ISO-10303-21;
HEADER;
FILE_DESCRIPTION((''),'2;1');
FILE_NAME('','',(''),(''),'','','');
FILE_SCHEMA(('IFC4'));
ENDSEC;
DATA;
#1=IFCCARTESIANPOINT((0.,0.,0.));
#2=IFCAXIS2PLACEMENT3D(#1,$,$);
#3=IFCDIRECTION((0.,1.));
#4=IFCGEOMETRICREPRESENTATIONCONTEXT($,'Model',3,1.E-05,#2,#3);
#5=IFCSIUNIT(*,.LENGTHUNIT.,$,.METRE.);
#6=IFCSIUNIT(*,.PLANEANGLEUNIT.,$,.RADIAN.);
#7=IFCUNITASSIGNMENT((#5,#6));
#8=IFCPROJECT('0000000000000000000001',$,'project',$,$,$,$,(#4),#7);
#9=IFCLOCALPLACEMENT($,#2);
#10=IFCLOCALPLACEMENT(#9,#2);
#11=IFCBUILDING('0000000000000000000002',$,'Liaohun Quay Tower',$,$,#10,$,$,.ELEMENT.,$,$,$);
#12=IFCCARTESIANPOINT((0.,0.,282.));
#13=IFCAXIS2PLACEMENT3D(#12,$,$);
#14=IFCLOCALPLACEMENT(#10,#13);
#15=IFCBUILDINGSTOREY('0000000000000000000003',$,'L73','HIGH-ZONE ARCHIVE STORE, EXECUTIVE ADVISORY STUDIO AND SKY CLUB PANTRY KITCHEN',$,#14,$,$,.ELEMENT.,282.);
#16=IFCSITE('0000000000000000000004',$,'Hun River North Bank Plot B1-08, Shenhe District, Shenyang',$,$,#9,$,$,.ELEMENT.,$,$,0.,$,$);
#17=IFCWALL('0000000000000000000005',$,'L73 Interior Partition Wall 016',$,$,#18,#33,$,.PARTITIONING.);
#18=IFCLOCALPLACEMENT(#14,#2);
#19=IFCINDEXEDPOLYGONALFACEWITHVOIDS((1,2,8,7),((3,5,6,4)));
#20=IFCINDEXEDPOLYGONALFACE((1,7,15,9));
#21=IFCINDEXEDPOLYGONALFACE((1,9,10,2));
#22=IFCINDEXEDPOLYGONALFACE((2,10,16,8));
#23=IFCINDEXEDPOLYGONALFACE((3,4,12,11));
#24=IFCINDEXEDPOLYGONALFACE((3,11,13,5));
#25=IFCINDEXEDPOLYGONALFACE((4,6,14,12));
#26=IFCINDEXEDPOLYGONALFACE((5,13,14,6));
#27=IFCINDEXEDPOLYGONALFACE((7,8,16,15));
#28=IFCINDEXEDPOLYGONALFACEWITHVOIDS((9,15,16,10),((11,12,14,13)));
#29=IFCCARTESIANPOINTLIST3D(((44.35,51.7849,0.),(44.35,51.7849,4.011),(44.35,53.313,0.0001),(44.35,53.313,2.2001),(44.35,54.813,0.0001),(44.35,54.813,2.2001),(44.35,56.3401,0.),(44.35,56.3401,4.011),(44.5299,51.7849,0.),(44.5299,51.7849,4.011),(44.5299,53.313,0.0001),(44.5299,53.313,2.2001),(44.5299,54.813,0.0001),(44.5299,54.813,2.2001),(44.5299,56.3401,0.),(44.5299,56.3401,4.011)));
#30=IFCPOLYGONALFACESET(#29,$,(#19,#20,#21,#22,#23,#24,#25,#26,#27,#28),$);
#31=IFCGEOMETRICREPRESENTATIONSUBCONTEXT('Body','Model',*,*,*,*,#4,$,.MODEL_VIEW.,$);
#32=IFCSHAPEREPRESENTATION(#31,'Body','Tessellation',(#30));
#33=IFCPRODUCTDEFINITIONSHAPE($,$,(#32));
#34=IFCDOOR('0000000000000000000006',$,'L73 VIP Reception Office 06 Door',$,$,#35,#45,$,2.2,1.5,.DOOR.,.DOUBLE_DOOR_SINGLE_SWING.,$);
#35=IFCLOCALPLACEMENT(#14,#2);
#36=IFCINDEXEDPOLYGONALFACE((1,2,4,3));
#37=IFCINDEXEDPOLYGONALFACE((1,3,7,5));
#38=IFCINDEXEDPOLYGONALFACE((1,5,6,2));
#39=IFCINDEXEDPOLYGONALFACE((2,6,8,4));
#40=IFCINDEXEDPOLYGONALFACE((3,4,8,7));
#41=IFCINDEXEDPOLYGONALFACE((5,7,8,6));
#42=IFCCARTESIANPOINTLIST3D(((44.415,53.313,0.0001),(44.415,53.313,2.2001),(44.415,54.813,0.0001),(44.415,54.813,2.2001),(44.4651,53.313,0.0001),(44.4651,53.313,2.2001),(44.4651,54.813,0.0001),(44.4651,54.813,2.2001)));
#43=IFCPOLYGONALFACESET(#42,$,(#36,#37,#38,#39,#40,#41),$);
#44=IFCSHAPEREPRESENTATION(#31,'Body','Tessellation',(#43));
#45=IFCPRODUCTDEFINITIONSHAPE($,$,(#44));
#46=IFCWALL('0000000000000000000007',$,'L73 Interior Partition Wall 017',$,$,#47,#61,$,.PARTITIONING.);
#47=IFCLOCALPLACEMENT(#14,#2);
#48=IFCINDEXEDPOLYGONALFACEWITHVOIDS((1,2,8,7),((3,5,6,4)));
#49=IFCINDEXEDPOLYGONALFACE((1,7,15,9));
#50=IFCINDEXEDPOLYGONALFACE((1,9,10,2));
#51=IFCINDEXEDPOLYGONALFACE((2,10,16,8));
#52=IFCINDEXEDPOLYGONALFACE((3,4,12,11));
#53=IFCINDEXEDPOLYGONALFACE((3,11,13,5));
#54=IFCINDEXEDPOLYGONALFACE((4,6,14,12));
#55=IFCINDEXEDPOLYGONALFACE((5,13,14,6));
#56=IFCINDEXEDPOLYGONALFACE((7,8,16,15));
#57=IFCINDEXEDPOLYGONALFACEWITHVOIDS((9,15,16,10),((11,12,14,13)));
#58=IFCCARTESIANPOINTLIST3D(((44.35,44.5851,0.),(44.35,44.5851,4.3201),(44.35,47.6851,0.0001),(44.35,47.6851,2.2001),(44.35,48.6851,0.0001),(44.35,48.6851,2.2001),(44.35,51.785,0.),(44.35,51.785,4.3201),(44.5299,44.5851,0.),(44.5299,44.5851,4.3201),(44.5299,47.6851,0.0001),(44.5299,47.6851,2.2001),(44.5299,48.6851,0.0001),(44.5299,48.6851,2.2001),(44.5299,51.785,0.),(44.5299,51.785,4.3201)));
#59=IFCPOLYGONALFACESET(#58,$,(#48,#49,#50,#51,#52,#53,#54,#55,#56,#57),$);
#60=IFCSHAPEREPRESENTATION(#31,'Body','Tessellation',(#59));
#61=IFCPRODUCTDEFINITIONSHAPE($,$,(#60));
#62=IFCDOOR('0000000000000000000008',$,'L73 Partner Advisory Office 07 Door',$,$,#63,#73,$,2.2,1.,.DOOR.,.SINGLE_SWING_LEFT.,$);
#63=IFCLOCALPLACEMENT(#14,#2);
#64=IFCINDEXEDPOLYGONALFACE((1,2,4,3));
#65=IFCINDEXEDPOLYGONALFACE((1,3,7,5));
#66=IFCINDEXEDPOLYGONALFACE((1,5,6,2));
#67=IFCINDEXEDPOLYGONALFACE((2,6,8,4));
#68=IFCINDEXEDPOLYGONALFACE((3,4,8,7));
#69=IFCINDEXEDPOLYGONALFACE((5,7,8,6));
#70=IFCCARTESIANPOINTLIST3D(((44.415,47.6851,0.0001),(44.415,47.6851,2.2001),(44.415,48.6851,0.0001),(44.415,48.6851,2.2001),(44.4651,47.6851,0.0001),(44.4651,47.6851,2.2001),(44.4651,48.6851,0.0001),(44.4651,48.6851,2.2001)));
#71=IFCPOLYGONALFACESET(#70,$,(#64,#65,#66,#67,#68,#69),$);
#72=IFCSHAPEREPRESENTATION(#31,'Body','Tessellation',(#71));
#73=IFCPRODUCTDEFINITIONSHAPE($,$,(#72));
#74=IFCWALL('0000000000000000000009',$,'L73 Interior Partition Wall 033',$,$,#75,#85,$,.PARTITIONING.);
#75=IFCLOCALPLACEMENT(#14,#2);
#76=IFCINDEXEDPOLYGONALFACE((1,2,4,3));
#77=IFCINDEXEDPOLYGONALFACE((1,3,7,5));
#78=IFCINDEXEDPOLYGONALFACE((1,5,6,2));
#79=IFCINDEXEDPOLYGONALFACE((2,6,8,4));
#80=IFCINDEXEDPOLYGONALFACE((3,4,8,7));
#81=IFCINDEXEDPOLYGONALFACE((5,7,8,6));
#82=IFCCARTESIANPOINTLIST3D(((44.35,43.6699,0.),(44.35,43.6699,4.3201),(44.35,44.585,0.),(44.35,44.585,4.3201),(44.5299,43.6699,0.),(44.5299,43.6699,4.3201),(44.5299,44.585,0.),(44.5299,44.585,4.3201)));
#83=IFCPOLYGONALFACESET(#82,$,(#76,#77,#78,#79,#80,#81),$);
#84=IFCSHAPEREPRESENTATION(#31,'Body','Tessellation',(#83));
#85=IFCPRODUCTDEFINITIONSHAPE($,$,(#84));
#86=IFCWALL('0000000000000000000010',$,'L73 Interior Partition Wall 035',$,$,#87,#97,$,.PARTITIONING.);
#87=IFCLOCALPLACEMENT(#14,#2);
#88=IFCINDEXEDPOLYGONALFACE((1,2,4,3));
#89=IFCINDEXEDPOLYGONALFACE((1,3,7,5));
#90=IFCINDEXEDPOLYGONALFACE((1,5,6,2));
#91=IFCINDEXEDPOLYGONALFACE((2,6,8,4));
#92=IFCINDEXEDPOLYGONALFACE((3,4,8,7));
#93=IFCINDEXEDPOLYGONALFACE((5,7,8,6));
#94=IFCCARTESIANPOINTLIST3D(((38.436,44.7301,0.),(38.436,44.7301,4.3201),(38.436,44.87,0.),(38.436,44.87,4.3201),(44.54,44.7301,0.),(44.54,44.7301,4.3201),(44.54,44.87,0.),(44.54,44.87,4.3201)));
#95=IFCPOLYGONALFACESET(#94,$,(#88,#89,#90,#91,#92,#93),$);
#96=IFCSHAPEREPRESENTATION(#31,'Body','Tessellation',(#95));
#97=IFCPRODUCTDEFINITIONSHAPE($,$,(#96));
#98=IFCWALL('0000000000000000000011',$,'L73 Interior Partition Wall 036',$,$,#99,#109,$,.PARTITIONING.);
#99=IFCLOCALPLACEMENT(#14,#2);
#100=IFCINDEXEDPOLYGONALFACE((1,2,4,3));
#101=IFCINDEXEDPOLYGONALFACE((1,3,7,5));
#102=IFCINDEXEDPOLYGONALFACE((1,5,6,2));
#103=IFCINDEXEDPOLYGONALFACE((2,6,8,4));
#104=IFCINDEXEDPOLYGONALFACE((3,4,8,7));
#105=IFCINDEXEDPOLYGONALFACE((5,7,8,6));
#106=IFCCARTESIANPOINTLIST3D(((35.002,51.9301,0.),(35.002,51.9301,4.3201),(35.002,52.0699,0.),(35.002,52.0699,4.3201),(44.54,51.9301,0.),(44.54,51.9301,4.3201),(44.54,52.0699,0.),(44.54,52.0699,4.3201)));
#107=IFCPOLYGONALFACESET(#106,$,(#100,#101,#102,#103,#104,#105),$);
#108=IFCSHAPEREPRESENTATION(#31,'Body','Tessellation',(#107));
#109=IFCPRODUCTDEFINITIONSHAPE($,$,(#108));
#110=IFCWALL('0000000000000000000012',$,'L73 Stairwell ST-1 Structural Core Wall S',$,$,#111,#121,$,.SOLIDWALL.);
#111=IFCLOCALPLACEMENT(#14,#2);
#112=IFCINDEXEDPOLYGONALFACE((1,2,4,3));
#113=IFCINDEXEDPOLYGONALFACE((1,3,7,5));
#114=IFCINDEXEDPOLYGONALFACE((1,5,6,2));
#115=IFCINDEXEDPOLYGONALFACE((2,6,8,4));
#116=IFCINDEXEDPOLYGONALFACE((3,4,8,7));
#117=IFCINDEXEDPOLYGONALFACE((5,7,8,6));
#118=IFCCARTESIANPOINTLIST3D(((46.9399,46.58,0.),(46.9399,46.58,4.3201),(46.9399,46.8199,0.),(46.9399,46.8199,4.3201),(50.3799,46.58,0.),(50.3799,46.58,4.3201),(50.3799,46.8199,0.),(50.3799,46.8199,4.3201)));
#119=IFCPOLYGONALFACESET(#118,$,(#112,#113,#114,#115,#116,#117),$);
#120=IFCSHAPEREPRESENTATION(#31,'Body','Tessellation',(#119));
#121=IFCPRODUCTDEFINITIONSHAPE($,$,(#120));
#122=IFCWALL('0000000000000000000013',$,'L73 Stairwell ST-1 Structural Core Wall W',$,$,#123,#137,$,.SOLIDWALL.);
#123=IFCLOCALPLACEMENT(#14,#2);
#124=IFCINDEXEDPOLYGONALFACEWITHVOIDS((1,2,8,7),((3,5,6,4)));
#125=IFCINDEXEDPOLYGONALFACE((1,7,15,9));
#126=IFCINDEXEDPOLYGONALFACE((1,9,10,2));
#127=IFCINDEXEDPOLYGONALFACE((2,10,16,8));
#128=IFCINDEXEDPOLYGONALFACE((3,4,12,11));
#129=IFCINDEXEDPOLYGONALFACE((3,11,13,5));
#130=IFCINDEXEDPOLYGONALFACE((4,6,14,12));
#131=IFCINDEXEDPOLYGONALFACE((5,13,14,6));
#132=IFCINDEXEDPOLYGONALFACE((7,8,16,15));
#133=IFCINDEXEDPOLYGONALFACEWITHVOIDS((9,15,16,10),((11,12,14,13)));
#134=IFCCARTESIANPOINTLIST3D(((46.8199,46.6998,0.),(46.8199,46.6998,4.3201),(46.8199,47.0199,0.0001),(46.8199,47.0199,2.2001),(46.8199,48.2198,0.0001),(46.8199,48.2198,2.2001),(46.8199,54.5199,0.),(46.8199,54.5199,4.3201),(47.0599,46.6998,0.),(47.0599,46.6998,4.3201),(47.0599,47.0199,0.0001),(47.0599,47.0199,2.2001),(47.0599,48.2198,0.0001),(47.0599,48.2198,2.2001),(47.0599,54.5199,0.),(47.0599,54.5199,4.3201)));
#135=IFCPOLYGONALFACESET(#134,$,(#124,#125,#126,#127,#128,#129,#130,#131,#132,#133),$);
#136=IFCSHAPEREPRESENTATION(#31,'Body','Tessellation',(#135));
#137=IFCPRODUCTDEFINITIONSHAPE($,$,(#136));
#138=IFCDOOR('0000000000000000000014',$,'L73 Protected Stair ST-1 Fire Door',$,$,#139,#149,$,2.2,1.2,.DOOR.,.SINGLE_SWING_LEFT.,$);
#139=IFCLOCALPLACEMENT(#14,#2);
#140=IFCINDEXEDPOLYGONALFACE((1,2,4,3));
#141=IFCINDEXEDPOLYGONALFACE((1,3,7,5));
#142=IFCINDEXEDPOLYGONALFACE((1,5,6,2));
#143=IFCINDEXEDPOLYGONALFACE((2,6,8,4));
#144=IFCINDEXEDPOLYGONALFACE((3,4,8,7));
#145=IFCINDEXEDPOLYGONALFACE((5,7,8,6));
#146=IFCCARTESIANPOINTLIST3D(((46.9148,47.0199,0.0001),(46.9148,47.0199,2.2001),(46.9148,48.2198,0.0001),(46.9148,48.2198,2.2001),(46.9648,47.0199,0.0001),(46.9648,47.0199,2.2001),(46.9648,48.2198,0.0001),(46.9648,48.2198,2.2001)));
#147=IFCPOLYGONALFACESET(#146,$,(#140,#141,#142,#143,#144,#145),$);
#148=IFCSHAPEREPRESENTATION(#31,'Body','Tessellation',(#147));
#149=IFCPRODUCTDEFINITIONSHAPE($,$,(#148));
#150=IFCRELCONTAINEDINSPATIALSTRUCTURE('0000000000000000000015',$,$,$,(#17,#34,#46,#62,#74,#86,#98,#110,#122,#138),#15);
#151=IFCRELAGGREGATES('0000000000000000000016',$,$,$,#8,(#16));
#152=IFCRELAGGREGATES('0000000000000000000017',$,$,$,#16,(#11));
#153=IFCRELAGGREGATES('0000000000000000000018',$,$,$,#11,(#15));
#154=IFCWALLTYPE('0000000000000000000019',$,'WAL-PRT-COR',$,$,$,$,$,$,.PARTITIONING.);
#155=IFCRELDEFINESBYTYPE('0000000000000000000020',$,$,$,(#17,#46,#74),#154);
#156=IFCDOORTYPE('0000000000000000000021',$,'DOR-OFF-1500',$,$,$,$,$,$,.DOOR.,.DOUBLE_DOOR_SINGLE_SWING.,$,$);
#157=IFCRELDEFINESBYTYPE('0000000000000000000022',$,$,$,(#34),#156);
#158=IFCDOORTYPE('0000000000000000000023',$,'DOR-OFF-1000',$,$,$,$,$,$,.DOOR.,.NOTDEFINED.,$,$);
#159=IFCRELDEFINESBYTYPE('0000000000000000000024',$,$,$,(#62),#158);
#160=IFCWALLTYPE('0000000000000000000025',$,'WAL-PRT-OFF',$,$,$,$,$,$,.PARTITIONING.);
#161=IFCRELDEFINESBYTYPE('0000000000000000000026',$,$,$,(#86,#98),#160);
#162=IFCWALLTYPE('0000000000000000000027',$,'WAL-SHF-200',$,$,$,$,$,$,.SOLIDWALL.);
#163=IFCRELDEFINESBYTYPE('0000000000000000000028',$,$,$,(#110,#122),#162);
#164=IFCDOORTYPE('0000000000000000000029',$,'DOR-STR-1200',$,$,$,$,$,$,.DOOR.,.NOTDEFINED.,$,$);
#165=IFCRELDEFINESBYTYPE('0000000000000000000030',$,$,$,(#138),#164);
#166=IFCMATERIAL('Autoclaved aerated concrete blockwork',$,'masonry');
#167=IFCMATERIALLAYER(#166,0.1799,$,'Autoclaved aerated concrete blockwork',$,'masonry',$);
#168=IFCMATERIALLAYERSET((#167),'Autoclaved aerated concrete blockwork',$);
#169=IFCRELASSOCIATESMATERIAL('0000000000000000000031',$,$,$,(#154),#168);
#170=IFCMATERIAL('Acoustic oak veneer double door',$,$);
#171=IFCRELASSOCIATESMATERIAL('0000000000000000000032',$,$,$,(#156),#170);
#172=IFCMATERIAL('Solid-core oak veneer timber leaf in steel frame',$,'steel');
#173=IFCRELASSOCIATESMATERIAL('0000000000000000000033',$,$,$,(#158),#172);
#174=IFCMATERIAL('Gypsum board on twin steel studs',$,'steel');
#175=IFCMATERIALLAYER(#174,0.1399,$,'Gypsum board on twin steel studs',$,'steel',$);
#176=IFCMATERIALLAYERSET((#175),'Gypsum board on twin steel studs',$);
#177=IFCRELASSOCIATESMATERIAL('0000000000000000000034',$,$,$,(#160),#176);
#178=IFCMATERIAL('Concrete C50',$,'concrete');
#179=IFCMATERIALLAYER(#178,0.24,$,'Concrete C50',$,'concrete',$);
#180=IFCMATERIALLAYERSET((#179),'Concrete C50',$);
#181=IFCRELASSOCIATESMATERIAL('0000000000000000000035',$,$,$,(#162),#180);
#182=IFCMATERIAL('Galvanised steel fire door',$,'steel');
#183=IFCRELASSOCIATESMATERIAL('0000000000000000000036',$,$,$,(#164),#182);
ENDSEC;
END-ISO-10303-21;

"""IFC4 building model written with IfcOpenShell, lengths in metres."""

from ifc_helpers import new_model, si_unit, direction, frame, frame_2d, origin, place, context, subcontext, project, spatial, rectangle, extrude, source, transform, mapped, material, layer, layer_set, type_object, element, fill, save


model = new_model("IFC4")

# Units and contexts
model_context = context("Model", 3, precision=1e-05, world=origin(), true_north=direction((0.0, 1.0)))
body_context = subcontext(model_context, "Body", "Model", "MODEL_VIEW")
ifc_project = project(units=[si_unit("LENGTHUNIT", "METRE"), si_unit("PLANEANGLEUNIT", "RADIAN")], contexts=[model_context])

# Site, building, storey
site_placement = place(None, origin())
site = spatial("IfcSite", under=ifc_project, at=site_placement, Name="Hun River North Bank Plot B1-08, Shenhe District, Shenyang", CompositionType="ELEMENT", RefElevation=0.0)
building_placement = place(site_placement, origin())
building = spatial("IfcBuilding", under=site, at=building_placement, Name="Liaohun Quay Tower", CompositionType="ELEMENT")
storey_placement = place(building_placement, frame((0.0, 0.0, 282.0)))
storey = spatial("IfcBuildingStorey", under=building, at=storey_placement, Name="L73", Description="HIGH-ZONE ARCHIVE STORE, EXECUTIVE ADVISORY STUDIO AND SKY CLUB PANTRY KITCHEN", CompositionType="ELEMENT", Elevation=282.0)

# Shared definitions
ifc_material_1 = material(Name="Concrete C50", Category="concrete")

# Walls, openings, doors
ifc_material_2 = material(Name="Autoclaved aerated concrete blockwork", Category="masonry")
ifc_layer_1 = layer(ifc_material_2, 0.1799, Name="Autoclaved aerated concrete blockwork", Category="masonry")
ifc_layer_set_1 = layer_set([ifc_layer_1], Name="Autoclaved aerated concrete blockwork")
wall_type_1 = type_object("IfcWallType", Name="WAL-PRT-COR", PredefinedType="PARTITIONING", material=ifc_layer_set_1)
wall_1_placement = place(storey_placement, frame((44.4399, 51.7849, 0.0), z_axis=(0.0, 0.0, 1.0), x_axis=(0.0, 1.0, 0.0)))
wall_1 = element("IfcWall", 1, at=wall_1_placement, inside=storey, type_object=wall_type_1, Name="L73 Interior Partition Wall 016", PredefinedType="PARTITIONING", context=body_context, shape_type="SweptSolid", body=[
    extrude(rectangle(XDim=4.5552, YDim=0.1799, at=frame_2d((2.2776, 0.0))), origin(), (0.0, 0.0, 1.0), 4.011),
])
shared_shape_1 = source(origin(), body_context, "Body", "SweptSolid", [
    extrude(rectangle(XDim=1.5, YDim=2.2, at=frame_2d((0.75, 1.1001))), frame((0.0, 0.0999, 0.0), z_axis=(0.0, -1.0, 0.0), x_axis=(1.0, 0.0, 0.0)), (0.0, 0.0, 1.0), 0.2),
])
opening_1_placement = place(wall_1_placement, frame((1.5281, 0.0, 0.0)))
opening_1 = element("IfcOpeningElement", 2, at=opening_1_placement, cuts=wall_1, PredefinedType="OPENING", context=body_context, shape_type="MappedRepresentation", body=[
    mapped(shared_shape_1, transform((0.0, 0.0, 0.0), x_axis=(1.0, 0.0, 0.0), y_axis=(0.0, 1.0, 0.0), z_axis=(0.0, 0.0, 1.0), scale=1.0)),
])
ifc_material_3 = material(Name="Acoustic oak veneer double door")
door_type_1 = type_object("IfcDoorType", Name="DOR-OFF-1500", OperationType="DOUBLE_DOOR_SINGLE_SWING", PredefinedType="DOOR", material=ifc_material_3)
shared_shape_2 = source(origin(), body_context, "Body", "SweptSolid", [
    extrude(rectangle(XDim=1.5, YDim=2.2, at=frame_2d((0.75, 1.1001))), frame((0.0, 0.0249, 0.0), z_axis=(0.0, -1.0, 0.0), x_axis=(1.0, 0.0, 0.0)), (0.0, 0.0, 1.0), 0.05),
])
door_1_placement = place(opening_1_placement, origin())
door_1 = element("IfcDoor", 3, at=door_1_placement, inside=storey, type_object=door_type_1, Name="L73 VIP Reception Office 06 Door", OperationType="DOUBLE_DOOR_SINGLE_SWING", OverallHeight=2.2, OverallWidth=1.5, PredefinedType="DOOR", context=body_context, shape_type="MappedRepresentation", body=[
    mapped(shared_shape_2, transform((0.0, 0.0, 0.0), x_axis=(1.0, 0.0, 0.0), y_axis=(0.0, 1.0, 0.0), z_axis=(0.0, 0.0, 1.0), scale=1.0)),
])
fill(opening_1, door_1)
wall_2_placement = place(storey_placement, frame((44.4399, 44.585, 0.0), z_axis=(0.0, 0.0, 1.0), x_axis=(0.0, 1.0, 0.0)))
wall_2 = element("IfcWall", 4, at=wall_2_placement, inside=storey, type_object=wall_type_1, Name="L73 Interior Partition Wall 017", PredefinedType="PARTITIONING", context=body_context, shape_type="SweptSolid", body=[
    extrude(rectangle(XDim=7.2, YDim=0.1799, at=frame_2d((3.6001, 0.0))), origin(), (0.0, 0.0, 1.0), 4.3201),
])
shared_shape_3 = source(origin(), body_context, "Body", "SweptSolid", [
    extrude(rectangle(XDim=1.0, YDim=2.2, at=frame_2d((0.5, 1.1001))), frame((0.0, 0.0999, 0.0), z_axis=(0.0, -1.0, 0.0), x_axis=(1.0, 0.0, 0.0)), (0.0, 0.0, 1.0), 0.2),
])
opening_2_placement = place(wall_2_placement, frame((3.1001, 0.0, 0.0)))
opening_2 = element("IfcOpeningElement", 5, at=opening_2_placement, cuts=wall_2, PredefinedType="OPENING", context=body_context, shape_type="MappedRepresentation", body=[
    mapped(shared_shape_3, transform((0.0, 0.0, 0.0), x_axis=(1.0, 0.0, 0.0), y_axis=(0.0, 1.0, 0.0), z_axis=(0.0, 0.0, 1.0), scale=1.0)),
])
ifc_material_4 = material(Name="Solid-core oak veneer timber leaf in steel frame", Category="steel")
door_type_2 = type_object("IfcDoorType", Name="DOR-OFF-1000", OperationType="NOTDEFINED", PredefinedType="DOOR", material=ifc_material_4)
shared_shape_4 = source(origin(), body_context, "Body", "SweptSolid", [
    extrude(rectangle(XDim=1.0, YDim=2.2, at=frame_2d((0.5, 1.1001))), frame((0.0, 0.0249, 0.0), z_axis=(0.0, -1.0, 0.0), x_axis=(1.0, 0.0, 0.0)), (0.0, 0.0, 1.0), 0.05),
])
door_2_placement = place(opening_2_placement, origin())
door_2 = element("IfcDoor", 6, at=door_2_placement, inside=storey, type_object=door_type_2, Name="L73 Partner Advisory Office 07 Door", OperationType="SINGLE_SWING_LEFT", OverallHeight=2.2, OverallWidth=1.0, PredefinedType="DOOR", context=body_context, shape_type="MappedRepresentation", body=[
    mapped(shared_shape_4, transform((0.0, 0.0, 0.0), x_axis=(1.0, 0.0, 0.0), y_axis=(0.0, 1.0, 0.0), z_axis=(0.0, 0.0, 1.0), scale=1.0)),
])
fill(opening_2, door_2)

# Walls
wall_3_placement = place(storey_placement, frame((44.4399, 43.6699, 0.0), z_axis=(0.0, 0.0, 1.0), x_axis=(0.0, 1.0, 0.0)))
element("IfcWall", 7, at=wall_3_placement, inside=storey, type_object=wall_type_1, Name="L73 Interior Partition Wall 033", PredefinedType="PARTITIONING", context=body_context, shape_type="SweptSolid", body=[
    extrude(rectangle(XDim=0.915, YDim=0.1799, at=frame_2d((0.4575, 0.0))), origin(), (0.0, 0.0, 1.0), 4.3201),
])
ifc_material_5 = material(Name="Gypsum board on twin steel studs", Category="steel")
ifc_layer_2 = layer(ifc_material_5, 0.1399, Name="Gypsum board on twin steel studs", Category="steel")
ifc_layer_set_2 = layer_set([ifc_layer_2], Name="Gypsum board on twin steel studs")
wall_type_2 = type_object("IfcWallType", Name="WAL-PRT-OFF", PredefinedType="PARTITIONING", material=ifc_layer_set_2)
wall_4_placement = place(storey_placement, frame((44.54, 44.8, 0.0), z_axis=(0.0, 0.0, 1.0), x_axis=(-1.0, 0.0, 0.0)))
element("IfcWall", 8, at=wall_4_placement, inside=storey, type_object=wall_type_2, Name="L73 Interior Partition Wall 035", PredefinedType="PARTITIONING", context=body_context, shape_type="SweptSolid", body=[
    extrude(rectangle(XDim=6.104, YDim=0.1399, at=frame_2d((3.052, 0.0))), origin(), (0.0, 0.0, 1.0), 4.3201),
])
wall_5_placement = place(storey_placement, frame((44.54, 52.0, 0.0), z_axis=(0.0, 0.0, 1.0), x_axis=(-1.0, 0.0, 0.0)))
element("IfcWall", 9, at=wall_5_placement, inside=storey, type_object=wall_type_2, Name="L73 Interior Partition Wall 036", PredefinedType="PARTITIONING", context=body_context, shape_type="SweptSolid", body=[
    extrude(rectangle(XDim=9.5381, YDim=0.1399, at=frame_2d((4.769, 0.0))), origin(), (0.0, 0.0, 1.0), 4.3201),
])
ifc_layer_3 = layer(ifc_material_1, 0.24, Name="Concrete C50", Category="concrete")
ifc_layer_set_3 = layer_set([ifc_layer_3], Name="Concrete C50")
wall_type_3 = type_object("IfcWallType", Name="WAL-SHF-200", PredefinedType="SOLIDWALL", material=ifc_layer_set_3)
wall_6_placement = place(storey_placement, frame((46.9399, 46.7, 0.0), z_axis=(0.0, 0.0, 1.0), x_axis=(1.0, 0.0, 0.0)))
element("IfcWall", 10, at=wall_6_placement, inside=storey, type_object=wall_type_3, Name="L73 Stairwell ST-1 Structural Core Wall S", PredefinedType="SOLIDWALL", context=body_context, shape_type="SweptSolid", body=[
    extrude(rectangle(XDim=3.4399, YDim=0.24, at=frame_2d((1.72, 0.0))), origin(), (0.0, 0.0, 1.0), 4.3201),
])

# Wall, opening, door
wall_7_placement = place(storey_placement, frame((46.9399, 54.52, 0.0), z_axis=(0.0, 0.0, 1.0), x_axis=(0.0, -1.0, 0.0)))
wall_7 = element("IfcWall", 11, at=wall_7_placement, inside=storey, type_object=wall_type_3, Name="L73 Stairwell ST-1 Structural Core Wall W", PredefinedType="SOLIDWALL", context=body_context, shape_type="SweptSolid", body=[
    extrude(rectangle(XDim=7.8201, YDim=0.24, at=frame_2d((3.9102, 0.0))), origin(), (0.0, 0.0, 1.0), 4.3201),
])
shared_shape_5 = source(origin(), body_context, "Body", "SweptSolid", [
    extrude(rectangle(XDim=1.2, YDim=2.2, at=frame_2d((0.6001, 1.1001))), frame((0.0, 0.1299, 0.0), z_axis=(0.0, -1.0, 0.0), x_axis=(1.0, 0.0, 0.0)), (0.0, 0.0, 1.0), 0.26),
])
opening_3_placement = place(wall_7_placement, frame((6.3, 0.0, 0.0)))
opening_3 = element("IfcOpeningElement", 12, at=opening_3_placement, cuts=wall_7, PredefinedType="OPENING", context=body_context, shape_type="MappedRepresentation", body=[
    mapped(shared_shape_5, transform((0.0, 0.0, 0.0), x_axis=(1.0, 0.0, 0.0), y_axis=(0.0, 1.0, 0.0), z_axis=(0.0, 0.0, 1.0), scale=1.0)),
])
ifc_material_6 = material(Name="Galvanised steel fire door", Category="steel")
door_type_3 = type_object("IfcDoorType", Name="DOR-STR-1200", OperationType="NOTDEFINED", PredefinedType="DOOR", material=ifc_material_6)
shared_shape_6 = source(origin(), body_context, "Body", "SweptSolid", [
    extrude(rectangle(XDim=1.2, YDim=2.2, at=frame_2d((0.6001, 1.1001))), frame((0.0, 0.0249, 0.0), z_axis=(0.0, -1.0, 0.0), x_axis=(1.0, 0.0, 0.0)), (0.0, 0.0, 1.0), 0.05),
])
door_3_placement = place(opening_3_placement, origin())
door_3 = element("IfcDoor", 13, at=door_3_placement, inside=storey, type_object=door_type_3, Name="L73 Protected Stair ST-1 Fire Door", OperationType="SINGLE_SWING_LEFT", OverallHeight=2.2, OverallWidth=1.2, PredefinedType="DOOR", context=body_context, shape_type="MappedRepresentation", body=[
    mapped(shared_shape_6, transform((0.0, 0.0, 0.0), x_axis=(1.0, 0.0, 0.0), y_axis=(0.0, 1.0, 0.0), z_axis=(0.0, 0.0, 1.0), scale=1.0)),
])
fill(opening_3, door_3)

save(model, "model.ifc")
